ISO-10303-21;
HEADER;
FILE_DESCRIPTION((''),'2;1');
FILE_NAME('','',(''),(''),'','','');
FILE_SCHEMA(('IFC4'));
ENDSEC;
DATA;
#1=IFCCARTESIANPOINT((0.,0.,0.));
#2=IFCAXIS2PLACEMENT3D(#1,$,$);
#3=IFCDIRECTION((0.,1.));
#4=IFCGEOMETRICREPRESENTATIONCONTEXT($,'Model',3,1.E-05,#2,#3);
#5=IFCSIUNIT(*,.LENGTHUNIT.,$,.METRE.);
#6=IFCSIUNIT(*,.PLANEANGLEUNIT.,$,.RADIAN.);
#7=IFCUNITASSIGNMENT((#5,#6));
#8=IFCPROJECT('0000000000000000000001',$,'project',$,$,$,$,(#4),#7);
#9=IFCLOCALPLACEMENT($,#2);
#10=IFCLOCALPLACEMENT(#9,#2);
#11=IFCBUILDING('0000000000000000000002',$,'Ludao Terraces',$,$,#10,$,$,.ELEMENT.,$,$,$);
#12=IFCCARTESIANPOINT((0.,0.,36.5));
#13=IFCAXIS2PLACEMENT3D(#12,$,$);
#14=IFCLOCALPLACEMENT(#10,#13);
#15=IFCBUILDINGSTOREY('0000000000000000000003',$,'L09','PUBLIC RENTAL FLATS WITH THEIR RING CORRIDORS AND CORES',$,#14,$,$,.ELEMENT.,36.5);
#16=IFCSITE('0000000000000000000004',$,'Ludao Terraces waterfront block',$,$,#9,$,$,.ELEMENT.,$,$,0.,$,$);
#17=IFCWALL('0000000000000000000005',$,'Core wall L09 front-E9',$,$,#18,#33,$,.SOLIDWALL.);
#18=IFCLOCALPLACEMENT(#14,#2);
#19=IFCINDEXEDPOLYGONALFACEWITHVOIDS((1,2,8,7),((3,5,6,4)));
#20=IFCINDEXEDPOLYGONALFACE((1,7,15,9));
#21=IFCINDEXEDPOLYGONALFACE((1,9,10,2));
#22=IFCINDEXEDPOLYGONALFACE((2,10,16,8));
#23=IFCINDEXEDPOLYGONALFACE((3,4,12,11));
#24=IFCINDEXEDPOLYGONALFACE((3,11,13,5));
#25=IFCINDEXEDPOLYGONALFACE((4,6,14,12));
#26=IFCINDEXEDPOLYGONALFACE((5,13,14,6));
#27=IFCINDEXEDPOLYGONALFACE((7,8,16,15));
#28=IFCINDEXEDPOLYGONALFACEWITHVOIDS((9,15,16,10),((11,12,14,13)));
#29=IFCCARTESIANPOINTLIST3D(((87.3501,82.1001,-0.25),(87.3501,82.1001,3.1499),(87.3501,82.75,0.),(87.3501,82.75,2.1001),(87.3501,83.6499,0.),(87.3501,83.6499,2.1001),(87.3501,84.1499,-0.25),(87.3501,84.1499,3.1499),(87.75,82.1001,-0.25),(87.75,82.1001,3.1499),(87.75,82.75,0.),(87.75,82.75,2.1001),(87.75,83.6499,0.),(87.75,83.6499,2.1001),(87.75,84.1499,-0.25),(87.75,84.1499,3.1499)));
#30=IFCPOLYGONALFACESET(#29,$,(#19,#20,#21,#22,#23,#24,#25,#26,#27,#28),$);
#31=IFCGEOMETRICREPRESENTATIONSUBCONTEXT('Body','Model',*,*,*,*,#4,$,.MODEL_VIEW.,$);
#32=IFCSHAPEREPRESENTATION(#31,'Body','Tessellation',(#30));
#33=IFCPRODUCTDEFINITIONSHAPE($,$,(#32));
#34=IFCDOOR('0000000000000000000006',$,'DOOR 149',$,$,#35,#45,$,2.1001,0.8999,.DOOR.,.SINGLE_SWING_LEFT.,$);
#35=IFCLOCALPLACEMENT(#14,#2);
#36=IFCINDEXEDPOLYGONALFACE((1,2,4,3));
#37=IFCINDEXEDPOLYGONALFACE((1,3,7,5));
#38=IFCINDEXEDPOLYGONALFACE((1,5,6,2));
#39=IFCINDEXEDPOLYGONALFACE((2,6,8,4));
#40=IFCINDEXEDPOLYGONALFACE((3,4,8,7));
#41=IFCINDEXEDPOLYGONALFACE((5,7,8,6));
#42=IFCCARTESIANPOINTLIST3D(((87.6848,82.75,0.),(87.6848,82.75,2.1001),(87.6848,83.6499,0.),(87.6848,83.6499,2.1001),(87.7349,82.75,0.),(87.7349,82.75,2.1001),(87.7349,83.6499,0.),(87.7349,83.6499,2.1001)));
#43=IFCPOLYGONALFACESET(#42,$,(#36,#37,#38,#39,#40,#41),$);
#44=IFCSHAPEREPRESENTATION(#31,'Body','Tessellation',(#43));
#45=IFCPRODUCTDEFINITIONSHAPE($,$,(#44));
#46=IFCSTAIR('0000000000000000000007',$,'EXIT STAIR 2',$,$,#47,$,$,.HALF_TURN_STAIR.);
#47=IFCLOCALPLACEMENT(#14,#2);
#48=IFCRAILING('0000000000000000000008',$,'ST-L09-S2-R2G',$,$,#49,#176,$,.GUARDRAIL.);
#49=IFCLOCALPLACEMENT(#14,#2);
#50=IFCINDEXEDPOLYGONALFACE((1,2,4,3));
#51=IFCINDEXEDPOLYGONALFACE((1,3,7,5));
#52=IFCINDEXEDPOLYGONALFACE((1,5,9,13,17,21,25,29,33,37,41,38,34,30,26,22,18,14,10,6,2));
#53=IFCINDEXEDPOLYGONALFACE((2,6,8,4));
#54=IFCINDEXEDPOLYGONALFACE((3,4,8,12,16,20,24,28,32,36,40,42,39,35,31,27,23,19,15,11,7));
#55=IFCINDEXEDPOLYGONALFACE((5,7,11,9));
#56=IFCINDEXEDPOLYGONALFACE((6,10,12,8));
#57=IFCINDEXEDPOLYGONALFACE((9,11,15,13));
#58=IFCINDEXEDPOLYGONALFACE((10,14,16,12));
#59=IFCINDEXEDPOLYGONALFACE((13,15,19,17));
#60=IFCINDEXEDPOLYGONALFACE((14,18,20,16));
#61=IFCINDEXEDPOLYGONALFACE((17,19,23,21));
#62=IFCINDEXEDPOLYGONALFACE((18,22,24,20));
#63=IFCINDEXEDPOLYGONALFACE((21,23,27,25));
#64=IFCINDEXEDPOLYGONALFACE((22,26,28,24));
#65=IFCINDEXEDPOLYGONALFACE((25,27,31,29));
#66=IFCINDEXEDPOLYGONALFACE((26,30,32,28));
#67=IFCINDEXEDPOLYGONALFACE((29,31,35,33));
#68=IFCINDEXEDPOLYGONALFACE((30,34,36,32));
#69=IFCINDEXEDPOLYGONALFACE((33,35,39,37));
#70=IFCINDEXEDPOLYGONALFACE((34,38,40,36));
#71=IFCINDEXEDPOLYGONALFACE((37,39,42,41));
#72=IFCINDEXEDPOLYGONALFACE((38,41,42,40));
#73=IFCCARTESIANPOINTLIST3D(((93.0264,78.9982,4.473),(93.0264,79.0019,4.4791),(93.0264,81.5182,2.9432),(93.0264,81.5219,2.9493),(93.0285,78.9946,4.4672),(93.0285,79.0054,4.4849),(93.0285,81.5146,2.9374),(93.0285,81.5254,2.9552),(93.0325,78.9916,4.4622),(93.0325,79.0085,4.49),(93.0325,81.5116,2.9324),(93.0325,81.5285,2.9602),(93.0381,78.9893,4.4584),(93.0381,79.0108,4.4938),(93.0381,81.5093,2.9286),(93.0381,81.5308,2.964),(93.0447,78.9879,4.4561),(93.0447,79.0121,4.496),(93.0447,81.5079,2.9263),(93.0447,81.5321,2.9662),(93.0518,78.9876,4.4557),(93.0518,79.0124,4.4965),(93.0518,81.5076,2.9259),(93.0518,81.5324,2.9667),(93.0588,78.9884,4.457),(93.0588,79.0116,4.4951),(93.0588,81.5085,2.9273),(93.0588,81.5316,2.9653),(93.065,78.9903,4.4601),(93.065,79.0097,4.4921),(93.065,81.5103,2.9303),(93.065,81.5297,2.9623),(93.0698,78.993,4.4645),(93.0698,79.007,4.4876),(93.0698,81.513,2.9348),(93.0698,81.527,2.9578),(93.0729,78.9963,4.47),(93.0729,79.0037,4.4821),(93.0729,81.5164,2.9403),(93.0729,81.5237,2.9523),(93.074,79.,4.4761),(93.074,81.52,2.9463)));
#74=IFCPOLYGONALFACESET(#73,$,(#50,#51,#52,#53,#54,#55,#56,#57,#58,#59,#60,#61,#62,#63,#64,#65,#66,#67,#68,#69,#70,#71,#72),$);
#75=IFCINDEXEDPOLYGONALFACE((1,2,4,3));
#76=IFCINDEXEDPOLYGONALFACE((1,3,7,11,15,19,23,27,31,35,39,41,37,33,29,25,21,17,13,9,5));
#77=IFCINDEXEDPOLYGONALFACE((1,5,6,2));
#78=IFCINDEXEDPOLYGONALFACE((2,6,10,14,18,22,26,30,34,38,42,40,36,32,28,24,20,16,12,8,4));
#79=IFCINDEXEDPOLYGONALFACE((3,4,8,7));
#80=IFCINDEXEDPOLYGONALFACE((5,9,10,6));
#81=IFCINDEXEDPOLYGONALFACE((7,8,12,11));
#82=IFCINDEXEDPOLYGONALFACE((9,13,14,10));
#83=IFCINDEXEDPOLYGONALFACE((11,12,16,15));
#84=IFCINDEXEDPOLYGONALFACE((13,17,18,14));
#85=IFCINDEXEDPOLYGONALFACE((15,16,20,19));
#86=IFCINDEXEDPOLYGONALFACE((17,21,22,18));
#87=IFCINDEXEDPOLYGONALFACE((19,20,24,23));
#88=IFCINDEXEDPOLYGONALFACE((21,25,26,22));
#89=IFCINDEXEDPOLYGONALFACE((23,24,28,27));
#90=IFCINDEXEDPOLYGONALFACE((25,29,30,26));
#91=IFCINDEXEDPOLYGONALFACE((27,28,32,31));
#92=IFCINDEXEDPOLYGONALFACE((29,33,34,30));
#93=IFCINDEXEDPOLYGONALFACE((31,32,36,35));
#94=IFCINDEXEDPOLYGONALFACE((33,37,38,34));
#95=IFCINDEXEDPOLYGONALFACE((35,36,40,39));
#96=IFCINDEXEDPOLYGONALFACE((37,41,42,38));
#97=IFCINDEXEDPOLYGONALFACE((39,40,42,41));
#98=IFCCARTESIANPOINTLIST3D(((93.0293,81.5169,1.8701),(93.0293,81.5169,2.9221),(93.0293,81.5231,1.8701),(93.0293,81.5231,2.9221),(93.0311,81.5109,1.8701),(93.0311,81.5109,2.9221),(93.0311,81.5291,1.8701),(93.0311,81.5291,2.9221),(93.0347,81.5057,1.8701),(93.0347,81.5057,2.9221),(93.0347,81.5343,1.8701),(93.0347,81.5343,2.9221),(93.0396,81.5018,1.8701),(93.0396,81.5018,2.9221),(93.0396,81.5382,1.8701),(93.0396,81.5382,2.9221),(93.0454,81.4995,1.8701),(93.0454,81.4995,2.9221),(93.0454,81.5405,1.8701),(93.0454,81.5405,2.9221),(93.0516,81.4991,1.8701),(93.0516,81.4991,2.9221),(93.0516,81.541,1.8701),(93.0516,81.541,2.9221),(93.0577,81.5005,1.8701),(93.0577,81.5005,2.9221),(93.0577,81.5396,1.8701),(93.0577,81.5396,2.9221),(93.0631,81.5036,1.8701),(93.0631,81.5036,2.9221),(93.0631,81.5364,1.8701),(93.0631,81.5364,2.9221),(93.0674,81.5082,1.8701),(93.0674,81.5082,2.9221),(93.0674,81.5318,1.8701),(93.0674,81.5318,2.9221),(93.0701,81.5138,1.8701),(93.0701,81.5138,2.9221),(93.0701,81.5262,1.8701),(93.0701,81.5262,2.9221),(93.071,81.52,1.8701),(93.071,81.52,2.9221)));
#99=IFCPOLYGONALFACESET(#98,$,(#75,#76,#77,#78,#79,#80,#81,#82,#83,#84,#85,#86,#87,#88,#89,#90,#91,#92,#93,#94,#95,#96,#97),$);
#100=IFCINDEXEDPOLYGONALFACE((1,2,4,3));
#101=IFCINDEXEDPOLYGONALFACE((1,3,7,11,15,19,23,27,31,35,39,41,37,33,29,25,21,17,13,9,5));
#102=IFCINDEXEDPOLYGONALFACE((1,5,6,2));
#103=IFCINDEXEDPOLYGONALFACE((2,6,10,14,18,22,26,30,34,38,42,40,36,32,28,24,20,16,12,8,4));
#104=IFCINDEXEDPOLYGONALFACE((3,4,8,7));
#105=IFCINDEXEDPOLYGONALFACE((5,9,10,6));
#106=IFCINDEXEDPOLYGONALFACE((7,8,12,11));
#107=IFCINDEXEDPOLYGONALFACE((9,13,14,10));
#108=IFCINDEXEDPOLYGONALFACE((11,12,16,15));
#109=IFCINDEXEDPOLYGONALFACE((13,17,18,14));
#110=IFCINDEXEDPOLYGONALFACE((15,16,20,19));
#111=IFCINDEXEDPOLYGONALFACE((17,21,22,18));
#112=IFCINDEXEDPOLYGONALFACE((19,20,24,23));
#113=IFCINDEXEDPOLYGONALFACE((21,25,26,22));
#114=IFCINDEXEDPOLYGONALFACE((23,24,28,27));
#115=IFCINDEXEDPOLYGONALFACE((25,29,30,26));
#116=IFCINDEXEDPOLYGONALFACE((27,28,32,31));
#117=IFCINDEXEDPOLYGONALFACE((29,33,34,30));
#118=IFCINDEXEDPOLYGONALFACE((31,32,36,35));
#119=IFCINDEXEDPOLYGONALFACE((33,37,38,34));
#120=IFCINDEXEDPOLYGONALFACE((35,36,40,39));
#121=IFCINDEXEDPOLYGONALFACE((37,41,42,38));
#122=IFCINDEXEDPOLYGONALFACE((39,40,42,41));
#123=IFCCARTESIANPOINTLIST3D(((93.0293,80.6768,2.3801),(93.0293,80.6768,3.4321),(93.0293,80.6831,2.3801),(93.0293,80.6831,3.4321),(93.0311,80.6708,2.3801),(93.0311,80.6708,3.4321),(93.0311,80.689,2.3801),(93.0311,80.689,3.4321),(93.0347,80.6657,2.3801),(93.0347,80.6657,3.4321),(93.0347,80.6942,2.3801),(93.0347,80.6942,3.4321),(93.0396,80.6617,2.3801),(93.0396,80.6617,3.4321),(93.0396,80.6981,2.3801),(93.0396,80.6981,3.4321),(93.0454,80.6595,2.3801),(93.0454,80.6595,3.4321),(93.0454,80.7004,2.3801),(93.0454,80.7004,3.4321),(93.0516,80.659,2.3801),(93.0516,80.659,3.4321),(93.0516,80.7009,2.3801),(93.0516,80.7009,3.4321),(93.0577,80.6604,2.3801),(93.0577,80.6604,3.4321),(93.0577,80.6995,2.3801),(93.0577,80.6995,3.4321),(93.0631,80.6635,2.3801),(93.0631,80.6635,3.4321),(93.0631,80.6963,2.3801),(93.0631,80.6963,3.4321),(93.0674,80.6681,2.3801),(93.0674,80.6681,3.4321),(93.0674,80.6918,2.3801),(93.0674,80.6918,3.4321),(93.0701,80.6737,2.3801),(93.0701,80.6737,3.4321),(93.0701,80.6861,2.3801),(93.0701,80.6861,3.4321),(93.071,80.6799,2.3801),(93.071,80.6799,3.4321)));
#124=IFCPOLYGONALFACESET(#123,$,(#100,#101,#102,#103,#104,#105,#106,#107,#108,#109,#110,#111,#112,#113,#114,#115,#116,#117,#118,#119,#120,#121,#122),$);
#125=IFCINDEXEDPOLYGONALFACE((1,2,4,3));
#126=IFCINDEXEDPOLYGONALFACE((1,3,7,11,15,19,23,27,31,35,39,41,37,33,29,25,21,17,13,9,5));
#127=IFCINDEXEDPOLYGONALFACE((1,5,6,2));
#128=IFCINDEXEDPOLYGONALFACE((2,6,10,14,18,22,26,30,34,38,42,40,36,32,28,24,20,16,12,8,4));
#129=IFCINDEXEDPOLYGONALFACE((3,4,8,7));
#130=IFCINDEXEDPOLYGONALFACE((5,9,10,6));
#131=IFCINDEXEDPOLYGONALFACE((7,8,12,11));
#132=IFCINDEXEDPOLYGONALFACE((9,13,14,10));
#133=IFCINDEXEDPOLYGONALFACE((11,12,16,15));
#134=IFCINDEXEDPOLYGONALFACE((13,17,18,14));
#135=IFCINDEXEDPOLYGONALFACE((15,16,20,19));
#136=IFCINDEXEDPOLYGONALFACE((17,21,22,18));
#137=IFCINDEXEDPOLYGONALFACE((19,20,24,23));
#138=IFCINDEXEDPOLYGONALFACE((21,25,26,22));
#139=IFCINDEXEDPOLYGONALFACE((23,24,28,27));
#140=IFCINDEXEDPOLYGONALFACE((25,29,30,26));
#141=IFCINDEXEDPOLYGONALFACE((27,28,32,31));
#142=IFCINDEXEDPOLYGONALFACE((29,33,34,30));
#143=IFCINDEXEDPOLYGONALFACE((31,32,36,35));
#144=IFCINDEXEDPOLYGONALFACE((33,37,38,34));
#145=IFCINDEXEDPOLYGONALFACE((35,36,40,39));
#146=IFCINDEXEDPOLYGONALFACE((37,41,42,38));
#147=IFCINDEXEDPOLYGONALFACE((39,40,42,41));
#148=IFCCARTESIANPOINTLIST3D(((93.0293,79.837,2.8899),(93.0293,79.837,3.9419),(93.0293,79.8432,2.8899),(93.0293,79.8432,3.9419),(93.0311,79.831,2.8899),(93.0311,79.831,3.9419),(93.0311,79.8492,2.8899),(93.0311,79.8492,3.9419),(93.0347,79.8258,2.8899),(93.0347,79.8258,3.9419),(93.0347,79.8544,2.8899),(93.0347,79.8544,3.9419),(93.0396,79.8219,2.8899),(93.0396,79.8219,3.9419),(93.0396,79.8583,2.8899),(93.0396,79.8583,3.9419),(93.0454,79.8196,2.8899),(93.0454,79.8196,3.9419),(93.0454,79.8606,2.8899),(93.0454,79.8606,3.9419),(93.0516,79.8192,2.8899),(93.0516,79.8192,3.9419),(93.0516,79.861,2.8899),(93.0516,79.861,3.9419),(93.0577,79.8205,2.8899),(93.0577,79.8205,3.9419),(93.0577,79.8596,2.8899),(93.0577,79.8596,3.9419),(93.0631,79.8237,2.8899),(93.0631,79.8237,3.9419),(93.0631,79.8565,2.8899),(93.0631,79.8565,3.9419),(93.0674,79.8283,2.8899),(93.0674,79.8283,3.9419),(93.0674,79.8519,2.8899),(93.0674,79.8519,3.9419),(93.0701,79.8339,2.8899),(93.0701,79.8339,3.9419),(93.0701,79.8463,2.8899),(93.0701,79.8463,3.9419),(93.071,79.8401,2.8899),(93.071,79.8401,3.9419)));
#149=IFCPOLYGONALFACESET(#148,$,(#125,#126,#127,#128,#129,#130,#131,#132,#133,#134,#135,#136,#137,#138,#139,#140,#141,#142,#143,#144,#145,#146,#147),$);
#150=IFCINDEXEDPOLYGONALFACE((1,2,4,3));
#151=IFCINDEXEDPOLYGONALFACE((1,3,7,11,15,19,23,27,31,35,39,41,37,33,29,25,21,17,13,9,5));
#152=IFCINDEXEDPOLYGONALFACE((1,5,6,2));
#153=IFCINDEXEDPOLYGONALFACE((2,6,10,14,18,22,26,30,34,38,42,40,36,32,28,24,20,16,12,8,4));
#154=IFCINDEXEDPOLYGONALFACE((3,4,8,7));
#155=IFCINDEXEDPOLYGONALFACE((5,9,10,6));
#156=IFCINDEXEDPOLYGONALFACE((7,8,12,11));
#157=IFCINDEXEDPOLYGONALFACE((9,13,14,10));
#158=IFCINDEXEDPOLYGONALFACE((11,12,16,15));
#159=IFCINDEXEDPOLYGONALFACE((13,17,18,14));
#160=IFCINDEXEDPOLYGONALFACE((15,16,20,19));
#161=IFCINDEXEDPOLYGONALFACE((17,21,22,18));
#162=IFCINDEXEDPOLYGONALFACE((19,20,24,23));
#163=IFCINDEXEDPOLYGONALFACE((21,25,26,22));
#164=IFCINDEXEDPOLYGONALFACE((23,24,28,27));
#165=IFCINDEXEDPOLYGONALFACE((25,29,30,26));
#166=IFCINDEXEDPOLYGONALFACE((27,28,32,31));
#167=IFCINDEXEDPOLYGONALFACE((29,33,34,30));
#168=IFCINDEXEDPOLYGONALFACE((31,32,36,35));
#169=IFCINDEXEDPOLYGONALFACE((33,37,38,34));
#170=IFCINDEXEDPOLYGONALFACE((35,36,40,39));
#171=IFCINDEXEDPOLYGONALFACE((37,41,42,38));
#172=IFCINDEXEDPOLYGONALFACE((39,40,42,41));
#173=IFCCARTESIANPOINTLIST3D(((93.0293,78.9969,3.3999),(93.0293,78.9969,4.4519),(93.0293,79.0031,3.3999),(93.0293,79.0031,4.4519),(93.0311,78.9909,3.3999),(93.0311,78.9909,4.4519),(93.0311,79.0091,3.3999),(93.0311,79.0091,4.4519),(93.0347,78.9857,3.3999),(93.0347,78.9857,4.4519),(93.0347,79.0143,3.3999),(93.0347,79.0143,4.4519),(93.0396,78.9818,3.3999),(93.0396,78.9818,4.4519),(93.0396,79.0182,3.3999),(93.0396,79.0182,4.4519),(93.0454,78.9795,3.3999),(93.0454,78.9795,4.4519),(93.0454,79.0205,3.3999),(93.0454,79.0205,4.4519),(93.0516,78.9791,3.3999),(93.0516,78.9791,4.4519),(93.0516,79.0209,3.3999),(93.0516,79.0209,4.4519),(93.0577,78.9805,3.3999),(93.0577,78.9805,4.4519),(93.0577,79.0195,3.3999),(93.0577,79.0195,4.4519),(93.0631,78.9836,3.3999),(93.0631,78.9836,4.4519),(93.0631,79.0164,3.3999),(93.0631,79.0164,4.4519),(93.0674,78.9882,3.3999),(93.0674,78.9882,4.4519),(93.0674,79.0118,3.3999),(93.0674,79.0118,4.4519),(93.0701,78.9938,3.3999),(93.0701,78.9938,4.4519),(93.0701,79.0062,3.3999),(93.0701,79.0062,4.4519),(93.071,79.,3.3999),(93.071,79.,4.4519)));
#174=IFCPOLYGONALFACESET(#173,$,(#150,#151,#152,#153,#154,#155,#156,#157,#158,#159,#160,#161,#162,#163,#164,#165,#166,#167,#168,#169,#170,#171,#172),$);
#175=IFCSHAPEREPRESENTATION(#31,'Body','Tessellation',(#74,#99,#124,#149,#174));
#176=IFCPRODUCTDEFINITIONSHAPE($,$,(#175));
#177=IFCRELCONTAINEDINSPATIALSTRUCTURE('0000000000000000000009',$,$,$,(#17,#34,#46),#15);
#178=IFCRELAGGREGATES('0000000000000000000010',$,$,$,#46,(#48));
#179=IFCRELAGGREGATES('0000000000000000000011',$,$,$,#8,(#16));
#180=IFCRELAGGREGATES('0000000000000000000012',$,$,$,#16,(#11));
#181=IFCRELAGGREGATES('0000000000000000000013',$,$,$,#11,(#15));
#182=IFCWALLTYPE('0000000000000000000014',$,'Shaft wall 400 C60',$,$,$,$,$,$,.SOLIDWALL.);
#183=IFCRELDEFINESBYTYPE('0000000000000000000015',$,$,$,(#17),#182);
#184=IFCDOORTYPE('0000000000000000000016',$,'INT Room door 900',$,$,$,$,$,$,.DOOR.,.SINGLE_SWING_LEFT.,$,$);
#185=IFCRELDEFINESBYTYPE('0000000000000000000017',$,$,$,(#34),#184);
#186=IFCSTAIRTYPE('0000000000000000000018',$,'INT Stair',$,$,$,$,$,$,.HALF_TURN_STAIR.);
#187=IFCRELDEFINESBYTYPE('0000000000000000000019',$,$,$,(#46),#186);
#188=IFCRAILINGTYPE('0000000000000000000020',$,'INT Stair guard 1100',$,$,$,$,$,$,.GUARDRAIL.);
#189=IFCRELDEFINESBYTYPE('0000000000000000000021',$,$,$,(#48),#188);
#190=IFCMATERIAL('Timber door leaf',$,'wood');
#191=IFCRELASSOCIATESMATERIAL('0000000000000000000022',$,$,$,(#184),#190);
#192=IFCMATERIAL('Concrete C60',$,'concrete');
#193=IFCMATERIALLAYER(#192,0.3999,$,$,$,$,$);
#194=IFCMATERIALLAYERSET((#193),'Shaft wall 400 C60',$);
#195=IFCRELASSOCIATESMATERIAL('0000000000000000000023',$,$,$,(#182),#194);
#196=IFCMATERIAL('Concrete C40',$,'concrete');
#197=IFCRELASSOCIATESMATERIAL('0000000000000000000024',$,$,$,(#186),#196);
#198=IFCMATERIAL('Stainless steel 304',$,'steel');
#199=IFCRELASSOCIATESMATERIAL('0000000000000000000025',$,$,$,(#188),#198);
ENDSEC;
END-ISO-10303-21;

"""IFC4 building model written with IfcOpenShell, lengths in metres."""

from ifc_helpers import new_model, si_unit, direction, frame, frame_2d, origin, origin_2d, place, context, subcontext, project, spatial, rectangle, circle, extrude, material, layer, layer_set, type_object, element, fill, aggregate, save


model = new_model("IFC4")

# Units and contexts
model_context = context("Model", 3, precision=1e-05, world=origin(), true_north=direction((0.0, 1.0)))
body_context = subcontext(model_context, "Body", "Model", "MODEL_VIEW")
ifc_project = project(units=[si_unit("LENGTHUNIT", "METRE"), si_unit("PLANEANGLEUNIT", "RADIAN")], contexts=[model_context])

# Site, building, storey
site_placement = place(None, origin())
site = spatial("IfcSite", under=ifc_project, at=site_placement, Name="Ludao Terraces waterfront block", CompositionType="ELEMENT", RefElevation=0.0)
building_placement = place(site_placement, origin())
building = spatial("IfcBuilding", under=site, at=building_placement, Name="Ludao Terraces", CompositionType="ELEMENT")
storey_placement = place(building_placement, frame((0.0, 0.0, 36.5)))
storey = spatial("IfcBuildingStorey", under=building, at=storey_placement, Name="L09", Description="PUBLIC RENTAL FLATS WITH THEIR RING CORRIDORS AND CORES", CompositionType="ELEMENT", Elevation=36.5)

# Shared definitions
ifc_material_1 = material(Name="Concrete C40", Category="concrete")

# Shared definitions
ifc_material_2 = material(Name="Timber door leaf", Category="wood")
door_type_1 = type_object("IfcDoorType", Name="INT Room door 900", OperationType="SINGLE_SWING_LEFT", PredefinedType="DOOR", material=ifc_material_2)

# Shared definitions
ifc_material_3 = material(Name="Concrete C60", Category="concrete")
ifc_layer_1 = layer(ifc_material_3, 0.3999)
ifc_layer_set_1 = layer_set([ifc_layer_1], Name="Shaft wall 400 C60")
wall_type_1 = type_object("IfcWallType", Name="Shaft wall 400 C60", PredefinedType="SOLIDWALL", material=ifc_layer_set_1)

# Wall, opening, door
wall_1_placement = place(storey_placement, frame((87.55, 82.1001, -0.25), z_axis=(0.0, 0.0, 1.0), x_axis=(0.0, 1.0, 0.0)))
wall_1 = element("IfcWall", 1, at=wall_1_placement, inside=storey, type_object=wall_type_1, Name="Core wall L09 front-E9", PredefinedType="SOLIDWALL", context=body_context, shape_type="SweptSolid", body=[
    extrude(rectangle(XDim=2.0498, YDim=0.3999, at=frame_2d((1.0249, 0.0))), origin(), (0.0, 0.0, 1.0), 3.3999),
])
opening_1_placement = place(wall_1_placement, frame((0.6499, 0.0, 0.25)))
opening_1 = element("IfcOpeningElement", 2, at=opening_1_placement, cuts=wall_1, PredefinedType="OPENING", context=body_context, shape_type="SweptSolid", body=[
    extrude(rectangle(XDim=0.8999, YDim=2.1001, at=frame_2d((0.45, 1.05))), frame((0.0, 0.21, 0.0), z_axis=(0.0, -1.0, 0.0), x_axis=(1.0, 0.0, 0.0)), (0.0, 0.0, 1.0), 0.4199),
])
door_1_placement = place(opening_1_placement, origin())
door_1 = element("IfcDoor", 3, at=door_1_placement, inside=storey, type_object=door_type_1, Name="DOOR 149", OperationType="SINGLE_SWING_LEFT", OverallHeight=2.1001, OverallWidth=0.8999, PredefinedType="DOOR", context=body_context, shape_type="SweptSolid", body=[
    extrude(rectangle(XDim=0.8999, YDim=2.1001, at=frame_2d((0.45, 1.05))), frame((0.0, -0.1348, 0.0), z_axis=(0.0, -1.0, 0.0), x_axis=(1.0, 0.0, 0.0)), (0.0, 0.0, 1.0), 0.05),
])
fill(opening_1, door_1)

# Stair, railing
stair_type = type_object("IfcStairType", Name="INT Stair", PredefinedType="HALF_TURN_STAIR", material=ifc_material_1)
stair_placement = place(storey_placement, origin())
stair = element("IfcStair", 4, at=stair_placement, inside=storey, type_object=stair_type, Name="EXIT STAIR 2", PredefinedType="HALF_TURN_STAIR")
ifc_material_4 = material(Name="Stainless steel 304", Category="steel")
railing_type_1 = type_object("IfcRailingType", Name="INT Stair guard 1100", PredefinedType="GUARDRAIL", material=ifc_material_4)
railing_1_placement = place(storey_placement, frame((93.05, 81.52, 1.8701)))
railing_1 = element("IfcRailing", 5, at=railing_1_placement, type_object=railing_type_1, Name="ST-L09-S2-R2G", PredefinedType="GUARDRAIL", context=body_context, shape_type="SweptSolid", body=[
    extrude(circle(Radius=0.0239, at=origin_2d()), frame((0.0, 0.0, 1.0762), z_axis=(0.0, -0.854822, 0.518922), x_axis=(1.0, 0.0, 0.0)), (0.0, 0.0, 1.0), 2.948),
    extrude(circle(Radius=0.021, at=origin_2d()), origin(), (0.0, 0.0, 1.0), 1.052),
    extrude(circle(Radius=0.021, at=origin_2d()), frame((0.0, -0.8401, 0.51)), (0.0, 0.0, 1.0), 1.052),
    extrude(circle(Radius=0.021, at=origin_2d()), frame((0.0, -1.6799, 1.0198)), (0.0, 0.0, 1.0), 1.052),
    extrude(circle(Radius=0.021, at=origin_2d()), frame((0.0, -2.52, 1.5298)), (0.0, 0.0, 1.0), 1.052),
])
aggregate(stair, [railing_1])

save(model, "model.ifc")
